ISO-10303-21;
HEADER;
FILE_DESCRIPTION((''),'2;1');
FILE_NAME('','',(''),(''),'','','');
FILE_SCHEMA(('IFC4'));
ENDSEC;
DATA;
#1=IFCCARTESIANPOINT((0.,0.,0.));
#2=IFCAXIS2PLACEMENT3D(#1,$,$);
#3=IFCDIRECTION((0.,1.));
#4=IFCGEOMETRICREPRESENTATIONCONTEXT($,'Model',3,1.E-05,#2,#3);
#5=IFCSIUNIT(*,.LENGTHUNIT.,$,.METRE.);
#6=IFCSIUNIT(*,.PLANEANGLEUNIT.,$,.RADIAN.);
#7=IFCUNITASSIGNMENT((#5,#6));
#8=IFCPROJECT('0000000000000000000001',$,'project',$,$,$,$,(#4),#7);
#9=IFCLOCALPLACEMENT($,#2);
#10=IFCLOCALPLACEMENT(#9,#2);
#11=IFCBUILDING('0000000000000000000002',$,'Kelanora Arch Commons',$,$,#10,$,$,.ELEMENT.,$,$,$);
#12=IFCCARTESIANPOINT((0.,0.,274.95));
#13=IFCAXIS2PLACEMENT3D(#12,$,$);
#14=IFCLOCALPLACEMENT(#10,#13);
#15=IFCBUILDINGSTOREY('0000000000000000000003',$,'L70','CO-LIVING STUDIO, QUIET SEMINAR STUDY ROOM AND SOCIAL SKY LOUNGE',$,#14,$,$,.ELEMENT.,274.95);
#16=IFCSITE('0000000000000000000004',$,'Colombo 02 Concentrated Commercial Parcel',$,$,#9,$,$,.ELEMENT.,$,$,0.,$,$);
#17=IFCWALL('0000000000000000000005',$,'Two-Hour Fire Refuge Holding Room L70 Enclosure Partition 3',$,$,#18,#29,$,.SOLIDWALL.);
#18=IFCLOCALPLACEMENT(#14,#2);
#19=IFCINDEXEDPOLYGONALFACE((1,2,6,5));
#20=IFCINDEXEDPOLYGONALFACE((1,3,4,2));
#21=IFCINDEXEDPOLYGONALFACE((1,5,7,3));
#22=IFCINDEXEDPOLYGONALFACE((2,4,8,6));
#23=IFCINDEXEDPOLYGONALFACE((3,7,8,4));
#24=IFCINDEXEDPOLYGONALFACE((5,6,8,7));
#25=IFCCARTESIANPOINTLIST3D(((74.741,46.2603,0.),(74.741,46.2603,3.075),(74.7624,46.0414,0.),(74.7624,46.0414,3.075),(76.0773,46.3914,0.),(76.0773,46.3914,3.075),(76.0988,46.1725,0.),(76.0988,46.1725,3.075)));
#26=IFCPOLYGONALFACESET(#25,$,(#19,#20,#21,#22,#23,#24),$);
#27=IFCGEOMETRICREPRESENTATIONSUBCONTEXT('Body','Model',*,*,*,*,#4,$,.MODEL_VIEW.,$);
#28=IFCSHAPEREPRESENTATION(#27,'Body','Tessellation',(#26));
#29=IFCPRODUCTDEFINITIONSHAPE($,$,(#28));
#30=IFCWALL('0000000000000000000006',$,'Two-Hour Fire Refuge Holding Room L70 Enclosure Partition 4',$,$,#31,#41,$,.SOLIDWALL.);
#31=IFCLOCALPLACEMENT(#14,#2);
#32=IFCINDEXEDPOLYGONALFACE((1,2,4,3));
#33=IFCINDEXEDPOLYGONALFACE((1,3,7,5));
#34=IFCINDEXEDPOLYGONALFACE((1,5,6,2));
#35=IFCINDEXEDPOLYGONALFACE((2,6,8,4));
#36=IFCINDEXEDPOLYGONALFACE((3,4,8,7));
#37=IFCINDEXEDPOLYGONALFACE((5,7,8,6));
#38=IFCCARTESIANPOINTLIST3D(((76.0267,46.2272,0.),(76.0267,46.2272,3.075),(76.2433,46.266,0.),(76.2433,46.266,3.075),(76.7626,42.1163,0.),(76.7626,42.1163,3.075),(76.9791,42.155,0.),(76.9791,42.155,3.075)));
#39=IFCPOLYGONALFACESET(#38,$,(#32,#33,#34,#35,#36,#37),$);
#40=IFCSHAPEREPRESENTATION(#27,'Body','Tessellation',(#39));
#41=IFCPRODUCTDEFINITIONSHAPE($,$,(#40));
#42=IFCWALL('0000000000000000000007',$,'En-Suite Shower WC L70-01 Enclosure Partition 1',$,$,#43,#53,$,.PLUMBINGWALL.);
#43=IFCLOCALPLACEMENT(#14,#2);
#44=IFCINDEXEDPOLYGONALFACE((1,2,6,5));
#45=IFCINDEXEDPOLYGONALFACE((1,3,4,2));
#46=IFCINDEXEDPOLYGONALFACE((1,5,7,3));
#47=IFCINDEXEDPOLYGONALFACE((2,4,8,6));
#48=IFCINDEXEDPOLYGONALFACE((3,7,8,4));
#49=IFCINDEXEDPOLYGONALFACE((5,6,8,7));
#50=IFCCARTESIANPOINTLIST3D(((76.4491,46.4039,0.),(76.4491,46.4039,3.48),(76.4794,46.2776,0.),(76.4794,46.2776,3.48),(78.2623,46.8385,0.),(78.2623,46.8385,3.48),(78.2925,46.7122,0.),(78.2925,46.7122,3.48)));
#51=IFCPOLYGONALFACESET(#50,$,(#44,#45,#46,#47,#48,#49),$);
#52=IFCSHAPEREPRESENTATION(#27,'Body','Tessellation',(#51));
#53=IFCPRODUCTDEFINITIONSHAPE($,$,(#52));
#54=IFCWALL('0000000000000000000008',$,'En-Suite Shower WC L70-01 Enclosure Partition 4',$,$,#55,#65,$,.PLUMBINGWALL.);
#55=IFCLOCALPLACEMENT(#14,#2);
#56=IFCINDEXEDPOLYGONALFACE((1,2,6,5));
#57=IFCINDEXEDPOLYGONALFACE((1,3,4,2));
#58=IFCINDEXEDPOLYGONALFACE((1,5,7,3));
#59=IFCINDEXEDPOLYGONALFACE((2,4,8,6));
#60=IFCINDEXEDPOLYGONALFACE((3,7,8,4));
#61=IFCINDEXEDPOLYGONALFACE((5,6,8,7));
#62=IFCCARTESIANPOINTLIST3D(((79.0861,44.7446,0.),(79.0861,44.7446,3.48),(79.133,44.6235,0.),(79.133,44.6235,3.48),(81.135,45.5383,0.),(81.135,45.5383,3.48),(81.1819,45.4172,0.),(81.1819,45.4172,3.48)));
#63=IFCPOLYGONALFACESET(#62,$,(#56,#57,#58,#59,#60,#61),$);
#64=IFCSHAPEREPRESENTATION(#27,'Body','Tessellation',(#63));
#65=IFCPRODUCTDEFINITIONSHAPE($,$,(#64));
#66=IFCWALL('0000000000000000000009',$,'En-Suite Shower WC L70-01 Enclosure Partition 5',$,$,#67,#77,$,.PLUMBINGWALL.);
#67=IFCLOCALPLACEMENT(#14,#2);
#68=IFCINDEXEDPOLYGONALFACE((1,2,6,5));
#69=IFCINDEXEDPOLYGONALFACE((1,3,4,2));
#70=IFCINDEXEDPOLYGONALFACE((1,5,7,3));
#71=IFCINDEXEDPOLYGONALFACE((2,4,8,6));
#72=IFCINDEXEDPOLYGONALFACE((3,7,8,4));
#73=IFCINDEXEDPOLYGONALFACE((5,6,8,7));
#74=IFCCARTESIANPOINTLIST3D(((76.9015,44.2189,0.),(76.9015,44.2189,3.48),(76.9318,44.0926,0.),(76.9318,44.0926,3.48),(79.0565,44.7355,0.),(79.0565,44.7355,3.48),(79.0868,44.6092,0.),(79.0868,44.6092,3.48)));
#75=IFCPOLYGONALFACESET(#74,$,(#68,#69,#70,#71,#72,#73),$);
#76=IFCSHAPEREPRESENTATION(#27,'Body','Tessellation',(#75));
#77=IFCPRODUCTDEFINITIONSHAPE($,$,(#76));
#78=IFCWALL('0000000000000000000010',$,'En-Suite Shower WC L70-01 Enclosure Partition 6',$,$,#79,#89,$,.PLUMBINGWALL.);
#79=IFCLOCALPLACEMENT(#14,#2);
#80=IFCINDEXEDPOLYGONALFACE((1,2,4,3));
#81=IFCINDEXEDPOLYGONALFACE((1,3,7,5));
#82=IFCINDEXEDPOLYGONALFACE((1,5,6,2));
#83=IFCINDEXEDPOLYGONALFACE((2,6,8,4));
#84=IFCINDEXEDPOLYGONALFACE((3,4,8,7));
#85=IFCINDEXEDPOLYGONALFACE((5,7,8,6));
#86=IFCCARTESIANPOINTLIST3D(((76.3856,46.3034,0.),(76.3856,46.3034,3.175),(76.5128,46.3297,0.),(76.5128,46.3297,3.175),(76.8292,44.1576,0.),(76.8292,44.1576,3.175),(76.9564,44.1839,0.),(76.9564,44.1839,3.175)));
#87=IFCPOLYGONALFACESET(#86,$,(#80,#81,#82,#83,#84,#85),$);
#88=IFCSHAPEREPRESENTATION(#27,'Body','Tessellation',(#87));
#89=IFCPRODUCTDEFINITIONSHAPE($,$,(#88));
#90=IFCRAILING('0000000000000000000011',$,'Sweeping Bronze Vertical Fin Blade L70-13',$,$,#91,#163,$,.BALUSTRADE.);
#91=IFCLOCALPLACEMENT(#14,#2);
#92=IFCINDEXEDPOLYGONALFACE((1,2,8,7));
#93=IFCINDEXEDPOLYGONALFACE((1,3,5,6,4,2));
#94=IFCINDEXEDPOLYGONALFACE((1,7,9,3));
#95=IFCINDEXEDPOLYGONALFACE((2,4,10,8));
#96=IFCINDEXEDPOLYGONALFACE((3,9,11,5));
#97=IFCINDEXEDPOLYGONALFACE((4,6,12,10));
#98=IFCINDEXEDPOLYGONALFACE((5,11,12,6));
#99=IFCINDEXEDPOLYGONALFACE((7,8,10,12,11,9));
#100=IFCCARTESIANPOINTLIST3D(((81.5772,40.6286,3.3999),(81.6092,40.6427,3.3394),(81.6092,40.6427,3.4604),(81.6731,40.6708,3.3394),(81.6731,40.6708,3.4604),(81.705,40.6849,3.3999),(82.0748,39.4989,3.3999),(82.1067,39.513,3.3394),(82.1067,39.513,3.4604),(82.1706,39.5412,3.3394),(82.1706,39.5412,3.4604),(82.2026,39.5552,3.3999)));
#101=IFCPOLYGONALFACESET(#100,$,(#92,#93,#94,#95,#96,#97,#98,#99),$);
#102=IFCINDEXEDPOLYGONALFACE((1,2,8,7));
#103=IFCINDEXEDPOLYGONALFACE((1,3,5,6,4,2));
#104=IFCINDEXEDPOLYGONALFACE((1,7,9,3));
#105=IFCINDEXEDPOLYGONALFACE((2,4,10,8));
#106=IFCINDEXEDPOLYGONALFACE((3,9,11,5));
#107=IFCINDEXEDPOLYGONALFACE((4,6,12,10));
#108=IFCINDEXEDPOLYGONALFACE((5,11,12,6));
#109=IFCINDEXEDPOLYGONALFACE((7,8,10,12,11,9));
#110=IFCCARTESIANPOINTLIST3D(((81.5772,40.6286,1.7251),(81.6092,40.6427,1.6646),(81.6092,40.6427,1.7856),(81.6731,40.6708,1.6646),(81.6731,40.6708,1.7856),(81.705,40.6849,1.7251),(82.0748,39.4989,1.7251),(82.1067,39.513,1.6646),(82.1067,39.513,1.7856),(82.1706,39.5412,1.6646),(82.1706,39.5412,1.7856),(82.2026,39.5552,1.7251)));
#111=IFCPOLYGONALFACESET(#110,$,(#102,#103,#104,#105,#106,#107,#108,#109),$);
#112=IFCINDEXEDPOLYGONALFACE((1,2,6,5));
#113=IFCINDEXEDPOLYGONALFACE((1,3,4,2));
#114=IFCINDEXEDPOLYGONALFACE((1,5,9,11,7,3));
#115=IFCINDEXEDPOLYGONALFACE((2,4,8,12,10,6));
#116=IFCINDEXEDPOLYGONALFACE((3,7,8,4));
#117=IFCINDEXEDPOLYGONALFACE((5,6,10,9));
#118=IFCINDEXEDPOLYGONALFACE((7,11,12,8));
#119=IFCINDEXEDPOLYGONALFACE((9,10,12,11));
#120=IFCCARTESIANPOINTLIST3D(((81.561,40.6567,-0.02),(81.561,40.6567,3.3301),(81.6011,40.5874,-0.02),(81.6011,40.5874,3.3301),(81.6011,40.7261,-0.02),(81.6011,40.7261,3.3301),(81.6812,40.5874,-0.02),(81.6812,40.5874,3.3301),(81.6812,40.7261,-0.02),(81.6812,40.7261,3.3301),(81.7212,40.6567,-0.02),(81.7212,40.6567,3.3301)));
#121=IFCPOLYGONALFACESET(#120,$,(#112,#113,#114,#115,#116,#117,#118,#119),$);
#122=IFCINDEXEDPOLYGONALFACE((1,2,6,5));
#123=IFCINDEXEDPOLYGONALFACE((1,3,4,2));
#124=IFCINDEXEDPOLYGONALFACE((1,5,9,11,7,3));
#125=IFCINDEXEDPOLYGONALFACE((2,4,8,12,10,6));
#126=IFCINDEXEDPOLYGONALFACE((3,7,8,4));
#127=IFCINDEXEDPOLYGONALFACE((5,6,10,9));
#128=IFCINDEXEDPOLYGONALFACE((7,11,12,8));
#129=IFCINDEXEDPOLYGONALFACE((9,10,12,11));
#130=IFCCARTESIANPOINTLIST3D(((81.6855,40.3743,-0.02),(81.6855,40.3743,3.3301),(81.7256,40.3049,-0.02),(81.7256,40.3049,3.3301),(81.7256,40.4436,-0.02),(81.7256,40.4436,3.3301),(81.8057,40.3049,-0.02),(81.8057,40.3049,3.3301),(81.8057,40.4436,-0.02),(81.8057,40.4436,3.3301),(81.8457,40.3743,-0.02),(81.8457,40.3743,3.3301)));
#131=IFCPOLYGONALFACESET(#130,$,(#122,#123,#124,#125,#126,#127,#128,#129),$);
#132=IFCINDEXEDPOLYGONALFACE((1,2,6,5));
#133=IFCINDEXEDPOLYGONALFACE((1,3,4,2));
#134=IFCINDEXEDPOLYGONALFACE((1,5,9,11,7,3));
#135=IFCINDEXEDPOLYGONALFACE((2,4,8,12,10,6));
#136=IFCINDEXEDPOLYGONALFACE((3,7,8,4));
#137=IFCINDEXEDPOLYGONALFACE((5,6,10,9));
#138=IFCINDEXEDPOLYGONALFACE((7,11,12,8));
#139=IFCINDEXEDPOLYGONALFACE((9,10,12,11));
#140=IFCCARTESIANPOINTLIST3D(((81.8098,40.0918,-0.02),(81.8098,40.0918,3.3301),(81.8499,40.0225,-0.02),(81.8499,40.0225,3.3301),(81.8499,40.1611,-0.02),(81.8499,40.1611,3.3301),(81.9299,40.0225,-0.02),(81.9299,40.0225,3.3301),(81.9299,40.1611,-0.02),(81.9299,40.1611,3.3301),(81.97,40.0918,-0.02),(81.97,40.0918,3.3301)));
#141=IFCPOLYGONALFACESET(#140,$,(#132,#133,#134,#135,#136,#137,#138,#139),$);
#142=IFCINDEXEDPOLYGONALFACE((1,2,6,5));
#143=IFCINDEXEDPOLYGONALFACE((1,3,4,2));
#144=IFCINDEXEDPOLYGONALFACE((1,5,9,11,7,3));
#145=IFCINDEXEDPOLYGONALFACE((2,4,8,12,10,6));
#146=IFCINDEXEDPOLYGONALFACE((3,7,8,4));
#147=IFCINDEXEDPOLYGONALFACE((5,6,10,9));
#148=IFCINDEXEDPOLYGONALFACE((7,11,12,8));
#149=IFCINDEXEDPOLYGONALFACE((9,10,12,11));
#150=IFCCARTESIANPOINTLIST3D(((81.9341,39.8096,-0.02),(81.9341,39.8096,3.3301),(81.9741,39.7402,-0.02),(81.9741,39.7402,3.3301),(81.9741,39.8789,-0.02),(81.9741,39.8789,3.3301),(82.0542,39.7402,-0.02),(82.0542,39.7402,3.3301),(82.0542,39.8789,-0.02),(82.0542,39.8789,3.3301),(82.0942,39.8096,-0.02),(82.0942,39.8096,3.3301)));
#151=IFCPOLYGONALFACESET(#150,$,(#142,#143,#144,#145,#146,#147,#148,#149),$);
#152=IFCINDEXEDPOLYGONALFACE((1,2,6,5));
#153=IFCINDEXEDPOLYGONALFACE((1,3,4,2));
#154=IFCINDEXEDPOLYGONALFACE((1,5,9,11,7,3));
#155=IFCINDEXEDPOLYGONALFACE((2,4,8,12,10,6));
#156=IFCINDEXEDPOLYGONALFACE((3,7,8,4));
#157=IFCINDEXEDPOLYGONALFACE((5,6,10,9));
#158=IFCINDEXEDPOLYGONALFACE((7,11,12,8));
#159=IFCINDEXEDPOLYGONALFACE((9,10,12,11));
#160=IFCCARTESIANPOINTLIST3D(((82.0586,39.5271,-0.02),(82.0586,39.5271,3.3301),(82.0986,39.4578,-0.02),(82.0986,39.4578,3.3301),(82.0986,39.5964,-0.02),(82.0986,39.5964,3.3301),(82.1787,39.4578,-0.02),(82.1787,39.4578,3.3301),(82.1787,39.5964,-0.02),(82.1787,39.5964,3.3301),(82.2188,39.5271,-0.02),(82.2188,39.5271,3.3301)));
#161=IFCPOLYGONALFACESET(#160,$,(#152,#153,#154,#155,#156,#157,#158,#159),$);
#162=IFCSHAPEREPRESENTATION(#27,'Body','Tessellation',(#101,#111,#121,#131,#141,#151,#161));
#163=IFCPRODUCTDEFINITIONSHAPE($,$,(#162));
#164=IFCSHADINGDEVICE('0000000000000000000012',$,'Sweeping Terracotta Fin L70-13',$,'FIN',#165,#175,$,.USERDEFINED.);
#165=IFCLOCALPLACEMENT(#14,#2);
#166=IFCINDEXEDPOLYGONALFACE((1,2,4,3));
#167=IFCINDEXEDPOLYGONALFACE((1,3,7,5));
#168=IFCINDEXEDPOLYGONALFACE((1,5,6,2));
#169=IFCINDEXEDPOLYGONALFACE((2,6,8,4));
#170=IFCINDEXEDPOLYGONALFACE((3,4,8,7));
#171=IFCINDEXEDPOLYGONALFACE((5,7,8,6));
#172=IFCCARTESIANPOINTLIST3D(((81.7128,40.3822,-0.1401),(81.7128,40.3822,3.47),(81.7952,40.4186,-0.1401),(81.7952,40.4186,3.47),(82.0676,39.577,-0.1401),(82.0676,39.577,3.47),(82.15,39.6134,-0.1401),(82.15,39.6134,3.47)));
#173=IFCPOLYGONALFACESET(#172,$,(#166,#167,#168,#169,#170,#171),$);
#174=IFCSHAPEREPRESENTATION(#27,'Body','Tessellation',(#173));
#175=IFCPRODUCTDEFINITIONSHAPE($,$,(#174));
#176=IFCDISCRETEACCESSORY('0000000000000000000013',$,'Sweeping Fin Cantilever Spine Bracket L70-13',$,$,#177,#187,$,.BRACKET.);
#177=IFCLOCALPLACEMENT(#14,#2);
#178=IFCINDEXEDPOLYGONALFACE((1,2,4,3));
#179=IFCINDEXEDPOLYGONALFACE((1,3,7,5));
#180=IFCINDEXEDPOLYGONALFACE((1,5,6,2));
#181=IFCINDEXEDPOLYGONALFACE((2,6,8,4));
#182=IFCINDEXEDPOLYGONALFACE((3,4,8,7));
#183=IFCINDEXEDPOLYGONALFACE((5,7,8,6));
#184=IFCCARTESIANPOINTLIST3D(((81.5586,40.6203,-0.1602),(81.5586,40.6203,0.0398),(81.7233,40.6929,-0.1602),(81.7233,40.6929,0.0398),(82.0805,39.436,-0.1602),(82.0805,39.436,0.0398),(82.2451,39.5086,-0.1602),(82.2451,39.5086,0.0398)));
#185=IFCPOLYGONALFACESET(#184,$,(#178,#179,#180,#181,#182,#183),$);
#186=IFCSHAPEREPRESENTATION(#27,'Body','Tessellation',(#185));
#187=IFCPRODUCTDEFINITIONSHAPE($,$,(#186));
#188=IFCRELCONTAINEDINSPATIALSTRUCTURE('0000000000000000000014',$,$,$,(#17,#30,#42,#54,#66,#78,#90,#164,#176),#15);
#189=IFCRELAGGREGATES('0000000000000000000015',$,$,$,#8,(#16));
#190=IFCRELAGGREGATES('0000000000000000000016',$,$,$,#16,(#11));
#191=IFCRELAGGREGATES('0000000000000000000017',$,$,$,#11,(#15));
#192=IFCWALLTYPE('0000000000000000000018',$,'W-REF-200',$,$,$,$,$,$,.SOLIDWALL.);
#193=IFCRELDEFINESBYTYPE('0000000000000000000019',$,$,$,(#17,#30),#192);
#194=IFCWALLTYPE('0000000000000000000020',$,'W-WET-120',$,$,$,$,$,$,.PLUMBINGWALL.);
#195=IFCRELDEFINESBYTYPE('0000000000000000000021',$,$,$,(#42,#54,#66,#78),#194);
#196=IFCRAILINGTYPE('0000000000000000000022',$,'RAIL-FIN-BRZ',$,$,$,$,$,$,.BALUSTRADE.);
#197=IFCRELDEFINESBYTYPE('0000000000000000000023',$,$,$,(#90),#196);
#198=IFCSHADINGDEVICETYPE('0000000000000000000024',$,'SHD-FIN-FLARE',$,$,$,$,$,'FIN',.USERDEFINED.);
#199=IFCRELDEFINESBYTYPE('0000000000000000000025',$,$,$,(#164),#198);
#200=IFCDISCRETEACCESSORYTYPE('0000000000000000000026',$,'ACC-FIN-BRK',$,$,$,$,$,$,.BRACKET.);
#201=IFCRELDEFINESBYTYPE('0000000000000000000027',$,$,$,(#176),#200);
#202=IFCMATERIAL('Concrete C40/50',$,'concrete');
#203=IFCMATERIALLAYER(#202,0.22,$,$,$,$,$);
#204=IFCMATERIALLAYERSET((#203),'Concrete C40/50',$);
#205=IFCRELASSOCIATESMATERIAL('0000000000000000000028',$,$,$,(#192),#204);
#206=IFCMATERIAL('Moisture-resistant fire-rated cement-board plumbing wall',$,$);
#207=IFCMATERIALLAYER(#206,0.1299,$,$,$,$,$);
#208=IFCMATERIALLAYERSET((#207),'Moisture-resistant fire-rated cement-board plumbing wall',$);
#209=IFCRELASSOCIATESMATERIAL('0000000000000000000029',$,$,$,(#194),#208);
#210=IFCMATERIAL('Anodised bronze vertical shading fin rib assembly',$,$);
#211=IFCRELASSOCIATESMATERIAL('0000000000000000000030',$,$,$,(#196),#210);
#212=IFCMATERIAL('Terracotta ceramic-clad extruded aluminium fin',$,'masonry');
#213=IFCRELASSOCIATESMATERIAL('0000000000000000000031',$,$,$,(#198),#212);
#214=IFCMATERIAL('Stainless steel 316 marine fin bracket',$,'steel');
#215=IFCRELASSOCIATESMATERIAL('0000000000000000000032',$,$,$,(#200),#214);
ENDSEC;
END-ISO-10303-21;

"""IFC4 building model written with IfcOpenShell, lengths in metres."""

from ifc_helpers import new_model, si_unit, direction, frame, frame_2d, origin, origin_2d, place, context, subcontext, project, spatial, polyline, rectangle, outline, extrude, source, transform, mapped, material, layer, layer_set, type_object, element, save


model = new_model("IFC4")

# Units and contexts
model_context = context("Model", 3, precision=1e-05, world=origin(), true_north=direction((0.0, 1.0)))
body_context = subcontext(model_context, "Body", "Model", "MODEL_VIEW")
ifc_project = project(units=[si_unit("LENGTHUNIT", "METRE"), si_unit("PLANEANGLEUNIT", "RADIAN")], contexts=[model_context])

# Site, building, storey
site_placement = place(None, origin())
site = spatial("IfcSite", under=ifc_project, at=site_placement, Name="Colombo 02 Concentrated Commercial Parcel", CompositionType="ELEMENT", RefElevation=0.0)
building_placement = place(site_placement, origin())
building = spatial("IfcBuilding", under=site, at=building_placement, Name="Kelanora Arch Commons", CompositionType="ELEMENT")
storey_placement = place(building_placement, frame((0.0, 0.0, 274.95)))
storey = spatial("IfcBuildingStorey", under=building, at=storey_placement, Name="L70", Description="CO-LIVING STUDIO, QUIET SEMINAR STUDY ROOM AND SOCIAL SKY LOUNGE", CompositionType="ELEMENT", Elevation=274.95)

# Walls
ifc_material_1 = material(Name="Concrete C40/50", Category="concrete")
ifc_layer_1 = layer(ifc_material_1, 0.22)
ifc_layer_set_1 = layer_set([ifc_layer_1], Name="Concrete C40/50")
wall_type_1 = type_object("IfcWallType", Name="W-REF-200", PredefinedType="SOLIDWALL", material=ifc_layer_set_1)
wall_1_placement = place(storey_placement, frame((74.7517, 46.1509, 0.0), z_axis=(0.0, 0.0, 1.0), x_axis=(0.995223, 0.097631, 0.0)))
element("IfcWall", 1, at=wall_1_placement, inside=storey, type_object=wall_type_1, Name="Two-Hour Fire Refuge Holding Room L70 Enclosure Partition 3", PredefinedType="SOLIDWALL", context=body_context, shape_type="SweptSolid", body=[
    extrude(rectangle(XDim=1.3428, YDim=0.22, at=frame_2d((0.6714, 0.0))), origin(), (0.0, 0.0, 1.0), 3.075),
])
wall_2_placement = place(storey_placement, frame((76.135, 46.2466, 0.0), z_axis=(0.0, 0.0, 1.0), x_axis=(0.176199, -0.984355, 0.0)))
element("IfcWall", 2, at=wall_2_placement, inside=storey, type_object=wall_type_1, Name="Two-Hour Fire Refuge Holding Room L70 Enclosure Partition 4", PredefinedType="SOLIDWALL", context=body_context, shape_type="SweptSolid", body=[
    extrude(rectangle(XDim=4.1763, YDim=0.22, at=frame_2d((2.0881, 0.0))), origin(), (0.0, 0.0, 1.0), 3.075),
])
ifc_material_2 = material(Name="Moisture-resistant fire-rated cement-board plumbing wall")
ifc_layer_2 = layer(ifc_material_2, 0.1299)
ifc_layer_set_2 = layer_set([ifc_layer_2], Name="Moisture-resistant fire-rated cement-board plumbing wall")
wall_type_2 = type_object("IfcWallType", Name="W-WET-120", PredefinedType="PLUMBINGWALL", material=ifc_layer_set_2)
wall_3_placement = place(storey_placement, frame((76.4644, 46.3408, 0.0), z_axis=(0.0, 0.0, 1.0), x_axis=(0.972461, 0.233066, 0.0)))
element("IfcWall", 3, at=wall_3_placement, inside=storey, type_object=wall_type_2, Name="En-Suite Shower WC L70-01 Enclosure Partition 1", PredefinedType="PLUMBINGWALL", context=body_context, shape_type="SweptSolid", body=[
    extrude(rectangle(XDim=1.8645, YDim=0.1299, at=frame_2d((0.9321, 0.0))), origin(), (0.0, 0.0, 1.0), 3.48),
])
wall_4_placement = place(storey_placement, frame((81.1584, 45.4778, 0.0), z_axis=(0.0, 0.0, 1.0), x_axis=(-0.932475, -0.361234, 0.0)))
element("IfcWall", 4, at=wall_4_placement, inside=storey, type_object=wall_type_2, Name="En-Suite Shower WC L70-01 Enclosure Partition 4", PredefinedType="PLUMBINGWALL", context=body_context, shape_type="SweptSolid", body=[
    extrude(rectangle(XDim=2.1973, YDim=0.1299, at=frame_2d((1.0986, 0.0))), origin(), (0.0, 0.0, 1.0), 3.48),
])
wall_5_placement = place(storey_placement, frame((79.0715, 44.6724, 0.0), z_axis=(0.0, 0.0, 1.0), x_axis=(-0.972449, -0.233115, 0.0)))
element("IfcWall", 5, at=wall_5_placement, inside=storey, type_object=wall_type_2, Name="En-Suite Shower WC L70-01 Enclosure Partition 5", PredefinedType="PLUMBINGWALL", context=body_context, shape_type="SweptSolid", body=[
    extrude(rectangle(XDim=2.2161, YDim=0.1299, at=frame_2d((1.1079, 0.0))), origin(), (0.0, 0.0, 1.0), 3.48),
])
wall_6_placement = place(storey_placement, frame((76.8928, 44.1707, 0.0), z_axis=(0.0, 0.0, 1.0), x_axis=(-0.202455, 0.979292, 0.0)))
element("IfcWall", 6, at=wall_6_placement, inside=storey, type_object=wall_type_2, Name="En-Suite Shower WC L70-01 Enclosure Partition 6", PredefinedType="PLUMBINGWALL", context=body_context, shape_type="SweptSolid", body=[
    extrude(rectangle(XDim=2.1912, YDim=0.1299, at=frame_2d((1.0957, 0.0))), origin(), (0.0, 0.0, 1.0), 3.175),
])

# Railing
ifc_material_3 = material(Name="Anodised bronze vertical shading fin rib assembly")
railing_type = type_object("IfcRailingType", Name="RAIL-FIN-BRZ", PredefinedType="BALUSTRADE", material=ifc_material_3)
railing_placement = place(storey_placement, frame((81.6411, 40.6567, -0.02)))
element("IfcRailing", 7, at=railing_placement, inside=storey, type_object=railing_type, Name="Sweeping Bronze Vertical Fin Blade L70-13", PredefinedType="BALUSTRADE", context=body_context, shape_type="SweptSolid", body=[
    extrude(outline(polyline([(0.0698, 0.0), (0.0349, 0.0605), (-0.0349, 0.0605), (-0.0698, 0.0), (-0.0349, -0.0605), (0.0349, -0.0605), (0.0698, 0.0)])), frame((0.0, 0.0, 3.4199), z_axis=(0.40309, -0.91516, 0.0), x_axis=(0.91516, 0.40309, 0.0)), (0.0, 0.0, 1.0), 1.2344),
    extrude(outline(polyline([(0.0698, 0.0), (0.0349, 0.0605), (-0.0349, 0.0605), (-0.0698, 0.0), (-0.0349, -0.0605), (0.0349, -0.0605), (0.0698, 0.0)])), frame((0.0, 0.0, 1.7451), z_axis=(0.40309, -0.91516, 0.0), x_axis=(0.91516, 0.40309, 0.0)), (0.0, 0.0, 1.0), 1.2344),
    extrude(outline(polyline([(0.0801, 0.0), (0.04, 0.0693), (-0.04, 0.0693), (-0.0801, 0.0), (-0.04, -0.0693), (0.04, -0.0693), (0.0801, 0.0)])), origin(), (0.0, 0.0, 1.0), 3.3501),
    extrude(outline(polyline([(0.0801, 0.0), (0.04, 0.0693), (-0.04, 0.0693), (-0.0801, 0.0), (-0.04, -0.0693), (0.04, -0.0693), (0.0801, 0.0)])), frame((0.1245, -0.2825, 0.0)), (0.0, 0.0, 1.0), 3.3501),
    extrude(outline(polyline([(0.0801, 0.0), (0.04, 0.0693), (-0.04, 0.0693), (-0.0801, 0.0), (-0.04, -0.0693), (0.04, -0.0693), (0.0801, 0.0)])), frame((0.2488, -0.5649, 0.0)), (0.0, 0.0, 1.0), 3.3501),
    extrude(outline(polyline([(0.0801, 0.0), (0.04, 0.0693), (-0.04, 0.0693), (-0.0801, 0.0), (-0.04, -0.0693), (0.04, -0.0693), (0.0801, 0.0)])), frame((0.373, -0.8472, 0.0)), (0.0, 0.0, 1.0), 3.3501),
    extrude(outline(polyline([(0.0801, 0.0), (0.04, 0.0693), (-0.04, 0.0693), (-0.0801, 0.0), (-0.04, -0.0693), (0.04, -0.0693), (0.0801, 0.0)])), frame((0.4976, -1.1296, 0.0)), (0.0, 0.0, 1.0), 3.3501),
])

# Shading device
ifc_material_4 = material(Name="Terracotta ceramic-clad extruded aluminium fin", Category="masonry")
shading_device_type = type_object("IfcShadingDeviceType", Name="SHD-FIN-FLARE", ElementType="FIN", PredefinedType="USERDEFINED", material=ifc_material_4)
shared_shape_1 = source(origin(), body_context, "Body", "SweptSolid", [
    extrude(rectangle(XDim=0.8799, YDim=0.0901, at=origin_2d()), origin(), (0.0, 0.0, 1.0), 3.6101),
])
shading_device_placement = place(storey_placement, frame((81.9314, 39.9978, -0.1401), z_axis=(0.0, 0.0, 1.0), x_axis=(0.403226, -0.9151, 0.0)))
element("IfcShadingDevice", 8, at=shading_device_placement, inside=storey, type_object=shading_device_type, Name="Sweeping Terracotta Fin L70-13", ObjectType="FIN", PredefinedType="USERDEFINED", context=body_context, shape_type="MappedRepresentation", body=[
    mapped(shared_shape_1, transform((0.0, 0.0, 0.0), scale=1.0)),
])

# Discrete accessory
ifc_material_5 = material(Name="Stainless steel 316 marine fin bracket", Category="steel")
discrete_accessory_type = type_object("IfcDiscreteAccessoryType", Name="ACC-FIN-BRK", PredefinedType="BRACKET", material=ifc_material_5)
shared_shape_2 = source(origin(), body_context, "Body", "SweptSolid", [
    extrude(rectangle(XDim=1.2942, YDim=0.1799, at=origin_2d()), origin(), (0.0, 0.0, 1.0), 0.2),
])
discrete_accessory_placement = place(storey_placement, frame((81.9019, 40.0645, -0.1602), z_axis=(0.0, 0.0, 1.0), x_axis=(0.403226, -0.9151, 0.0)))
element("IfcDiscreteAccessory", 9, at=discrete_accessory_placement, inside=storey, type_object=discrete_accessory_type, Name="Sweeping Fin Cantilever Spine Bracket L70-13", PredefinedType="BRACKET", context=body_context, shape_type="MappedRepresentation", body=[
    mapped(shared_shape_2, transform((0.0, 0.0, 0.0), scale=1.0)),
])

save(model, "model.ifc")
